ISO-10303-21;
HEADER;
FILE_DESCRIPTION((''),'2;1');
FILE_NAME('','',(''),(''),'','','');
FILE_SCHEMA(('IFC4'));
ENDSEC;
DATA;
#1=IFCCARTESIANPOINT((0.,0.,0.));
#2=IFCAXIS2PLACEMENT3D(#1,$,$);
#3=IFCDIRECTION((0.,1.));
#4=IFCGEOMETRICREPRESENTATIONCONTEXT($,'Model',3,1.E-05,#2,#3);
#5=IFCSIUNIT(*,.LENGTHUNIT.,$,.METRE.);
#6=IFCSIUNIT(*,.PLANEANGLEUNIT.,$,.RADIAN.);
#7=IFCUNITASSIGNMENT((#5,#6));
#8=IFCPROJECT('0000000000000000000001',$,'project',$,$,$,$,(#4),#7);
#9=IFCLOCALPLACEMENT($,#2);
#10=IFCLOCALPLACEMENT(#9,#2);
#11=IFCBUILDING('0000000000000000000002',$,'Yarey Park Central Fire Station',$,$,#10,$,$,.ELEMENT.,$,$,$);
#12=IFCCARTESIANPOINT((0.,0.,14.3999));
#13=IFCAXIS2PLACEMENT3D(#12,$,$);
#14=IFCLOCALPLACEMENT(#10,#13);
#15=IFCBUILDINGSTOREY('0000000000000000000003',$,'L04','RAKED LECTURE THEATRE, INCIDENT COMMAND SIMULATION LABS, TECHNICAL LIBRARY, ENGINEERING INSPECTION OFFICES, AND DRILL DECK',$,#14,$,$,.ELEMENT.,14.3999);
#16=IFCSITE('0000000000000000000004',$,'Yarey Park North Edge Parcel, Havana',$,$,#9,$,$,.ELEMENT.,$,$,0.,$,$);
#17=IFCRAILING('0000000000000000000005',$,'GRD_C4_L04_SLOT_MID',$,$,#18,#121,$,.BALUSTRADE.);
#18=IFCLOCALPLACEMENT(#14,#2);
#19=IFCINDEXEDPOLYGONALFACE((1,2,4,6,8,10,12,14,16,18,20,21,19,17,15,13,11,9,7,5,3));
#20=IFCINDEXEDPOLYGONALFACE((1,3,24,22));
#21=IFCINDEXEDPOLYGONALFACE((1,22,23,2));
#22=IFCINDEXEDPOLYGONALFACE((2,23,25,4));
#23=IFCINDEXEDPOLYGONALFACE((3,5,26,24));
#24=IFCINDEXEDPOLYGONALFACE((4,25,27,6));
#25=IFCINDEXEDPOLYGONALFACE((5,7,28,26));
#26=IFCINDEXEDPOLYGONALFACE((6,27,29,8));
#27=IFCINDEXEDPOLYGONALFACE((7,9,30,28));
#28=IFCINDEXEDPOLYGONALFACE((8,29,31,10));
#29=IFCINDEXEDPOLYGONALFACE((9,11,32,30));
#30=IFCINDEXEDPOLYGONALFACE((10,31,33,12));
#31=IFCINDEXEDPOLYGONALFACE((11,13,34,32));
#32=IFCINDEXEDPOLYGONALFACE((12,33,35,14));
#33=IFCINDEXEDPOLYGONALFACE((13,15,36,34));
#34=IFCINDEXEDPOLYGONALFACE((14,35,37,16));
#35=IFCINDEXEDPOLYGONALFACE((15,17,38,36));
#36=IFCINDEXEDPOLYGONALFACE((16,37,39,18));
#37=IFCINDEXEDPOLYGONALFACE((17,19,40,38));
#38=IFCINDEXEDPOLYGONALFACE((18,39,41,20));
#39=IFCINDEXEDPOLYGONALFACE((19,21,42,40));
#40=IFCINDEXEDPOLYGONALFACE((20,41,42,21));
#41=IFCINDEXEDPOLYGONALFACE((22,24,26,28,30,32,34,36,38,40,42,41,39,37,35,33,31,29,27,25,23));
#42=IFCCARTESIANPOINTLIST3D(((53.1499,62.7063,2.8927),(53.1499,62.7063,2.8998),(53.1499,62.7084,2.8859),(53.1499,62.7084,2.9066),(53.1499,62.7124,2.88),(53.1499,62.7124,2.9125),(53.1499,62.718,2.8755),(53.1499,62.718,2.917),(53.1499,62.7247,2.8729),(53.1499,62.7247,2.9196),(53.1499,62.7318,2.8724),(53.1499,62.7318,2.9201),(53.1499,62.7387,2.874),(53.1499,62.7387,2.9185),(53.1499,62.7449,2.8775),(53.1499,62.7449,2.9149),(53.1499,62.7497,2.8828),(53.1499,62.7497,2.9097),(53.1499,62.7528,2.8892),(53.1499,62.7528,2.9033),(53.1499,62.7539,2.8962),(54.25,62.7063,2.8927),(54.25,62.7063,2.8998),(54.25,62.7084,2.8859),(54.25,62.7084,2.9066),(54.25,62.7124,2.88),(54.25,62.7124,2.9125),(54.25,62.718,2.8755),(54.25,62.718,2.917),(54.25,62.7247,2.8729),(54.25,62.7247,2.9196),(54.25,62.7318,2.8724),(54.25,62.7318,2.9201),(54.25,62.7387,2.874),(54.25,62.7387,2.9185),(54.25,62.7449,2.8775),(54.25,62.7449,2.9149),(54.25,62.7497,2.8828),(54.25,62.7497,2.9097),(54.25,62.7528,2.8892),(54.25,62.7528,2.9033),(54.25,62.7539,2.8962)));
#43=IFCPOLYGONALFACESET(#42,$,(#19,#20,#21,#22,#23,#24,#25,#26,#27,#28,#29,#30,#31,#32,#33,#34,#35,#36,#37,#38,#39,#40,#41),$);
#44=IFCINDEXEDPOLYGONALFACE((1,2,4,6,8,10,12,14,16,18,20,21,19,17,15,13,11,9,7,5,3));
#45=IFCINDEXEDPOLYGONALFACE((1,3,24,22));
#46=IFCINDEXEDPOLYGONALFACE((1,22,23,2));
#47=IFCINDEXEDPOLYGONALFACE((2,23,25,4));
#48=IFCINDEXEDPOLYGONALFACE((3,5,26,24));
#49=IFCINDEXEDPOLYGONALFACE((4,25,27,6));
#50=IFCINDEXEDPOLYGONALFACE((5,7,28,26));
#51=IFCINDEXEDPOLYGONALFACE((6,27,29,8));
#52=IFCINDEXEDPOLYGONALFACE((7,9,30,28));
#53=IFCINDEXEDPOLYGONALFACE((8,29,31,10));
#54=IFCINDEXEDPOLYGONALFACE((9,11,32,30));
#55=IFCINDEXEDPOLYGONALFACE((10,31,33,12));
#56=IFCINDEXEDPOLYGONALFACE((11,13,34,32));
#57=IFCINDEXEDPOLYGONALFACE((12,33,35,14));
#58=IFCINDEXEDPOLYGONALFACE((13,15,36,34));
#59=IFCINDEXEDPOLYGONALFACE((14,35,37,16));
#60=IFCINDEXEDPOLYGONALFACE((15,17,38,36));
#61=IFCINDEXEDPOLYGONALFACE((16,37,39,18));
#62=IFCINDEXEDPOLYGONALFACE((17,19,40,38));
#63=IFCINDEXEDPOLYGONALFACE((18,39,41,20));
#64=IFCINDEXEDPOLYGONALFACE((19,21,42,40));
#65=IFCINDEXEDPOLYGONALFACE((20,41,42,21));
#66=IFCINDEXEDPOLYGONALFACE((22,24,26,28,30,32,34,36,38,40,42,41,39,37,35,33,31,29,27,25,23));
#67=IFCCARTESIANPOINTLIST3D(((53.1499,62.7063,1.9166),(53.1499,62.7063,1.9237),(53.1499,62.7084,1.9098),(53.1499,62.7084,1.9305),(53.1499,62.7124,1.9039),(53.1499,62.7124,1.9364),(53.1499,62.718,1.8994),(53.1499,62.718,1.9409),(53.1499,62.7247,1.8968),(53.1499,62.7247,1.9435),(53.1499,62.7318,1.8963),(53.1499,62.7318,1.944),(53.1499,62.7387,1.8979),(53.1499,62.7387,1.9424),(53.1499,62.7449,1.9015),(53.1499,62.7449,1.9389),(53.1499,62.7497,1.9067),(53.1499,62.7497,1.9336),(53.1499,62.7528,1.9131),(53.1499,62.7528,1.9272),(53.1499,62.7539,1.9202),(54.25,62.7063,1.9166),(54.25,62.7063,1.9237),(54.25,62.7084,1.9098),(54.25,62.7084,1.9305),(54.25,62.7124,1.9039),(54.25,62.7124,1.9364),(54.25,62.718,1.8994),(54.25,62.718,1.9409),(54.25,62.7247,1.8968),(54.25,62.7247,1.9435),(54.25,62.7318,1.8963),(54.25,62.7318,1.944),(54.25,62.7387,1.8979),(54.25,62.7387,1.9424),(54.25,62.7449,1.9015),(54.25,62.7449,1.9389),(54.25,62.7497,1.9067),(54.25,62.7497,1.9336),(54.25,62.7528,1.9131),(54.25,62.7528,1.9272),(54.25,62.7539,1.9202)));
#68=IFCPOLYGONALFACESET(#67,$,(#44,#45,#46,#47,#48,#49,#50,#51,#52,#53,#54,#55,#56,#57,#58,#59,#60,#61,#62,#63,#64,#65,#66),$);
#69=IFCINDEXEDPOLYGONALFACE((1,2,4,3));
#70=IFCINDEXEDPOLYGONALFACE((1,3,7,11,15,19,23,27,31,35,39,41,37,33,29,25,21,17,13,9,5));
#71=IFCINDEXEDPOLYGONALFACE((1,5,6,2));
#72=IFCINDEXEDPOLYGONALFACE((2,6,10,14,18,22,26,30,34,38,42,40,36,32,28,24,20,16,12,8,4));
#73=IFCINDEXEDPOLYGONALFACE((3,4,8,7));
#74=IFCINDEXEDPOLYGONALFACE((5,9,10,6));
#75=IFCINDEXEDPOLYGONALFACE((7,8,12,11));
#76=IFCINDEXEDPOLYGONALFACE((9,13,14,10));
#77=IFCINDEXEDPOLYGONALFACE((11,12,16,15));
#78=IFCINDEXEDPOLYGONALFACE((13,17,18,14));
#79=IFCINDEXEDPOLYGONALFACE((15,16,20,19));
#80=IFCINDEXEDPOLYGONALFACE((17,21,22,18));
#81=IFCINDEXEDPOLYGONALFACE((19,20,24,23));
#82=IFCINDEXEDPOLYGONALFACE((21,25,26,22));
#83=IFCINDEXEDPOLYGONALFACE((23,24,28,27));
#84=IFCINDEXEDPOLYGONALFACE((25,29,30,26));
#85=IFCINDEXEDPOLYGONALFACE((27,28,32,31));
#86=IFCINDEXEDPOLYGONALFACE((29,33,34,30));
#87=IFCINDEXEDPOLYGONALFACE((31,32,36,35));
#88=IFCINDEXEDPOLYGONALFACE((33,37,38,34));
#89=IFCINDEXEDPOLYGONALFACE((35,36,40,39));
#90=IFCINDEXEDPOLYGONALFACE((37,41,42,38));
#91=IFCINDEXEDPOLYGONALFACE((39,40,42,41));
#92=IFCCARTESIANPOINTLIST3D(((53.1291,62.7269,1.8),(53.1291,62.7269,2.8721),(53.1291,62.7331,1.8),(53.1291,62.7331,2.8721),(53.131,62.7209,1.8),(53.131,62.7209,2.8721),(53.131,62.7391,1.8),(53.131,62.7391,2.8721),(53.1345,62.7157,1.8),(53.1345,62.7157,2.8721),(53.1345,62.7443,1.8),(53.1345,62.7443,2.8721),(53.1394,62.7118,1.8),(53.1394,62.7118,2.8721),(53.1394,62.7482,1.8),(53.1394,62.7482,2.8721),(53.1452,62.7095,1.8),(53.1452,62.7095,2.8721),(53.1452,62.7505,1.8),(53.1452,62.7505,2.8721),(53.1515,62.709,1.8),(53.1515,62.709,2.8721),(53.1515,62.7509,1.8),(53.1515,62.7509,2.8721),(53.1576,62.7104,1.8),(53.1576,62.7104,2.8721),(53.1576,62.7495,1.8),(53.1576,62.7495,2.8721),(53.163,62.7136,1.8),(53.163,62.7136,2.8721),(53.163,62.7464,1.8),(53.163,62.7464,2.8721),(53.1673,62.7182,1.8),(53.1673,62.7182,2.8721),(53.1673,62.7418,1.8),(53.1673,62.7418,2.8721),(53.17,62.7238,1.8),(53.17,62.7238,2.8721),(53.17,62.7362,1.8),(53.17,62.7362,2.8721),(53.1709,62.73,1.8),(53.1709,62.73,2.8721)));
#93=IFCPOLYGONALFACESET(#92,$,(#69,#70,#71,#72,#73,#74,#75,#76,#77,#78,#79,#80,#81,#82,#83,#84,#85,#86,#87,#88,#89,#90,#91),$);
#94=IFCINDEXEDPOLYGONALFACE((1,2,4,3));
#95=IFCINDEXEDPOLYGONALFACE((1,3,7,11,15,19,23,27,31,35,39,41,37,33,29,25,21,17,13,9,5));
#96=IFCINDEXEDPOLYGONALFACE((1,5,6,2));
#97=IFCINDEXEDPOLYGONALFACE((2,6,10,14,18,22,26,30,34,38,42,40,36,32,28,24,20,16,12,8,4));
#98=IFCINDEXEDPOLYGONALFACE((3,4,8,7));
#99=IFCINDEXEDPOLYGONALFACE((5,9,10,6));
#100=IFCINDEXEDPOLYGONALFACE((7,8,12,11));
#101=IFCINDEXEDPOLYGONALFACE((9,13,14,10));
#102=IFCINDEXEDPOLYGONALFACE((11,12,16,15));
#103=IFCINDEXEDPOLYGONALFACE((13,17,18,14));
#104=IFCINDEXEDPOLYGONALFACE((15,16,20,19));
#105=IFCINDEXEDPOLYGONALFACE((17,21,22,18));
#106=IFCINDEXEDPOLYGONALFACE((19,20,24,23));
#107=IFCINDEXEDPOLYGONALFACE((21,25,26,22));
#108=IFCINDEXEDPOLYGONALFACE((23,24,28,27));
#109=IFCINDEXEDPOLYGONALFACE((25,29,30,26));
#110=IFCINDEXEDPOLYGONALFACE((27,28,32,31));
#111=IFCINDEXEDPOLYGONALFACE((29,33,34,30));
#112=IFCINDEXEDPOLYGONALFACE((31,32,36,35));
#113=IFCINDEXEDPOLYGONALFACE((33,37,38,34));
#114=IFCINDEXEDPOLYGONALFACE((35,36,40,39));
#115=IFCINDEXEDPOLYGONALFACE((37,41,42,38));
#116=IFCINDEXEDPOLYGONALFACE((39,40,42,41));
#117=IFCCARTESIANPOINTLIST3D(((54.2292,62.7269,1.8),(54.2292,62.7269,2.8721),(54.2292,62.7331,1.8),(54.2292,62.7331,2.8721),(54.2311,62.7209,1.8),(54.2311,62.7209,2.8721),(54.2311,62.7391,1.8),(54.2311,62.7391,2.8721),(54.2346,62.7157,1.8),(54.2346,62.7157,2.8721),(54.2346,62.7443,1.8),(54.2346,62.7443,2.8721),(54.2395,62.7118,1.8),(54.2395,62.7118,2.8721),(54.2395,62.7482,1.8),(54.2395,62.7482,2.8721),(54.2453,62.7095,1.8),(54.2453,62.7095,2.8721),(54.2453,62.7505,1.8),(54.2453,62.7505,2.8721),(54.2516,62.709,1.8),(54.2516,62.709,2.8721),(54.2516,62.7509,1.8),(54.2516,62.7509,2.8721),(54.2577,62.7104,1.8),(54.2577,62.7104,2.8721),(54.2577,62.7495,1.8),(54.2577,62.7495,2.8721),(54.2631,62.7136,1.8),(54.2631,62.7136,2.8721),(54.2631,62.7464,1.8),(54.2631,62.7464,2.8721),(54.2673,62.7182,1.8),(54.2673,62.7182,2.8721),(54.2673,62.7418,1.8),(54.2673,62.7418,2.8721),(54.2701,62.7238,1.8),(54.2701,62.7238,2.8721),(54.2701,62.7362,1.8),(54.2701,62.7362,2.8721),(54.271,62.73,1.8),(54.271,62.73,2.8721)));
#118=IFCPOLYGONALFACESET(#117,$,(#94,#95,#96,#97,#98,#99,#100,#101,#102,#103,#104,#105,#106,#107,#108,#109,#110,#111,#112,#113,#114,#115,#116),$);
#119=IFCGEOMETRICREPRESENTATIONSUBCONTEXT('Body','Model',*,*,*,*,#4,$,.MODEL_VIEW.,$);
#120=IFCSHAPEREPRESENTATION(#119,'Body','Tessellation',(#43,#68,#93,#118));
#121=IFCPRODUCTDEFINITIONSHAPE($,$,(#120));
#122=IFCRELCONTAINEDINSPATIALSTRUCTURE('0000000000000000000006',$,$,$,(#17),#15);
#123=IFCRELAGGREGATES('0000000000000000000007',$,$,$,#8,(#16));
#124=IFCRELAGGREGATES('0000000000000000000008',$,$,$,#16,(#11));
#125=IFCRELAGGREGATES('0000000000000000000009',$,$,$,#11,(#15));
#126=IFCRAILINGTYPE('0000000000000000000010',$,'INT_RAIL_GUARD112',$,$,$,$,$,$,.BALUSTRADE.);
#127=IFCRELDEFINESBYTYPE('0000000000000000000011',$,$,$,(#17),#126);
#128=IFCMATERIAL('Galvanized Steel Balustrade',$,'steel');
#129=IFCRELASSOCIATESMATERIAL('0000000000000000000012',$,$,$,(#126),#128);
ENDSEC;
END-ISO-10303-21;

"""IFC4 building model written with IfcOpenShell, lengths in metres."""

from ifc_helpers import new_model, si_unit, direction, frame, origin, origin_2d, place, context, subcontext, project, spatial, circle, extrude, material, type_object, element, save


model = new_model("IFC4")

# Units and contexts
model_context = context("Model", 3, precision=1e-05, world=origin(), true_north=direction((0.0, 1.0)))
body_context = subcontext(model_context, "Body", "Model", "MODEL_VIEW")
ifc_project = project(units=[si_unit("LENGTHUNIT", "METRE"), si_unit("PLANEANGLEUNIT", "RADIAN")], contexts=[model_context])

# Site, building, storey
site_placement = place(None, origin())
site = spatial("IfcSite", under=ifc_project, at=site_placement, Name="Yarey Park North Edge Parcel, Havana", CompositionType="ELEMENT", RefElevation=0.0)
building_placement = place(site_placement, origin())
building = spatial("IfcBuilding", under=site, at=building_placement, Name="Yarey Park Central Fire Station", CompositionType="ELEMENT")
storey_placement = place(building_placement, frame((0.0, 0.0, 14.3999)))
storey = spatial("IfcBuildingStorey", under=building, at=storey_placement, Name="L04", Description="RAKED LECTURE THEATRE, INCIDENT COMMAND SIMULATION LABS, TECHNICAL LIBRARY, ENGINEERING INSPECTION OFFICES, AND DRILL DECK", CompositionType="ELEMENT", Elevation=14.3999)

# Railing
ifc_material_1 = material(Name="Galvanized Steel Balustrade", Category="steel")
railing_type_1 = type_object("IfcRailingType", Name="INT_RAIL_GUARD112", PredefinedType="BALUSTRADE", material=ifc_material_1)
for number, where, name in (
    (1, (53.1499, 62.73, 1.8), "GRD_C4_L04_SLOT_MID"),
):
    element("IfcRailing", number, at=place(storey_placement, frame(where)), inside=storey, type_object=railing_type_1, Name=name, PredefinedType="BALUSTRADE", context=body_context, shape_type="SweptSolid", body=[
        extrude(circle(Radius=0.0239, at=origin_2d()), frame((0.0, 0.0, 1.0962), z_axis=(1.0, 0.0, 0.0), x_axis=(0.0, 1.0, 0.0)), (0.0, 0.0, 1.0), 1.1001),
        extrude(circle(Radius=0.0239, at=origin_2d()), frame((0.0, 0.0, 0.1201), z_axis=(1.0, 0.0, 0.0), x_axis=(0.0, 1.0, 0.0)), (0.0, 0.0, 1.0), 1.1001),
        extrude(circle(Radius=0.021, at=origin_2d()), origin(), (0.0, 0.0, 1.0), 1.072),
        extrude(circle(Radius=0.021, at=origin_2d()), frame((1.1001, 0.0, 0.0)), (0.0, 0.0, 1.0), 1.072),
    ])

save(model, "model.ifc")
